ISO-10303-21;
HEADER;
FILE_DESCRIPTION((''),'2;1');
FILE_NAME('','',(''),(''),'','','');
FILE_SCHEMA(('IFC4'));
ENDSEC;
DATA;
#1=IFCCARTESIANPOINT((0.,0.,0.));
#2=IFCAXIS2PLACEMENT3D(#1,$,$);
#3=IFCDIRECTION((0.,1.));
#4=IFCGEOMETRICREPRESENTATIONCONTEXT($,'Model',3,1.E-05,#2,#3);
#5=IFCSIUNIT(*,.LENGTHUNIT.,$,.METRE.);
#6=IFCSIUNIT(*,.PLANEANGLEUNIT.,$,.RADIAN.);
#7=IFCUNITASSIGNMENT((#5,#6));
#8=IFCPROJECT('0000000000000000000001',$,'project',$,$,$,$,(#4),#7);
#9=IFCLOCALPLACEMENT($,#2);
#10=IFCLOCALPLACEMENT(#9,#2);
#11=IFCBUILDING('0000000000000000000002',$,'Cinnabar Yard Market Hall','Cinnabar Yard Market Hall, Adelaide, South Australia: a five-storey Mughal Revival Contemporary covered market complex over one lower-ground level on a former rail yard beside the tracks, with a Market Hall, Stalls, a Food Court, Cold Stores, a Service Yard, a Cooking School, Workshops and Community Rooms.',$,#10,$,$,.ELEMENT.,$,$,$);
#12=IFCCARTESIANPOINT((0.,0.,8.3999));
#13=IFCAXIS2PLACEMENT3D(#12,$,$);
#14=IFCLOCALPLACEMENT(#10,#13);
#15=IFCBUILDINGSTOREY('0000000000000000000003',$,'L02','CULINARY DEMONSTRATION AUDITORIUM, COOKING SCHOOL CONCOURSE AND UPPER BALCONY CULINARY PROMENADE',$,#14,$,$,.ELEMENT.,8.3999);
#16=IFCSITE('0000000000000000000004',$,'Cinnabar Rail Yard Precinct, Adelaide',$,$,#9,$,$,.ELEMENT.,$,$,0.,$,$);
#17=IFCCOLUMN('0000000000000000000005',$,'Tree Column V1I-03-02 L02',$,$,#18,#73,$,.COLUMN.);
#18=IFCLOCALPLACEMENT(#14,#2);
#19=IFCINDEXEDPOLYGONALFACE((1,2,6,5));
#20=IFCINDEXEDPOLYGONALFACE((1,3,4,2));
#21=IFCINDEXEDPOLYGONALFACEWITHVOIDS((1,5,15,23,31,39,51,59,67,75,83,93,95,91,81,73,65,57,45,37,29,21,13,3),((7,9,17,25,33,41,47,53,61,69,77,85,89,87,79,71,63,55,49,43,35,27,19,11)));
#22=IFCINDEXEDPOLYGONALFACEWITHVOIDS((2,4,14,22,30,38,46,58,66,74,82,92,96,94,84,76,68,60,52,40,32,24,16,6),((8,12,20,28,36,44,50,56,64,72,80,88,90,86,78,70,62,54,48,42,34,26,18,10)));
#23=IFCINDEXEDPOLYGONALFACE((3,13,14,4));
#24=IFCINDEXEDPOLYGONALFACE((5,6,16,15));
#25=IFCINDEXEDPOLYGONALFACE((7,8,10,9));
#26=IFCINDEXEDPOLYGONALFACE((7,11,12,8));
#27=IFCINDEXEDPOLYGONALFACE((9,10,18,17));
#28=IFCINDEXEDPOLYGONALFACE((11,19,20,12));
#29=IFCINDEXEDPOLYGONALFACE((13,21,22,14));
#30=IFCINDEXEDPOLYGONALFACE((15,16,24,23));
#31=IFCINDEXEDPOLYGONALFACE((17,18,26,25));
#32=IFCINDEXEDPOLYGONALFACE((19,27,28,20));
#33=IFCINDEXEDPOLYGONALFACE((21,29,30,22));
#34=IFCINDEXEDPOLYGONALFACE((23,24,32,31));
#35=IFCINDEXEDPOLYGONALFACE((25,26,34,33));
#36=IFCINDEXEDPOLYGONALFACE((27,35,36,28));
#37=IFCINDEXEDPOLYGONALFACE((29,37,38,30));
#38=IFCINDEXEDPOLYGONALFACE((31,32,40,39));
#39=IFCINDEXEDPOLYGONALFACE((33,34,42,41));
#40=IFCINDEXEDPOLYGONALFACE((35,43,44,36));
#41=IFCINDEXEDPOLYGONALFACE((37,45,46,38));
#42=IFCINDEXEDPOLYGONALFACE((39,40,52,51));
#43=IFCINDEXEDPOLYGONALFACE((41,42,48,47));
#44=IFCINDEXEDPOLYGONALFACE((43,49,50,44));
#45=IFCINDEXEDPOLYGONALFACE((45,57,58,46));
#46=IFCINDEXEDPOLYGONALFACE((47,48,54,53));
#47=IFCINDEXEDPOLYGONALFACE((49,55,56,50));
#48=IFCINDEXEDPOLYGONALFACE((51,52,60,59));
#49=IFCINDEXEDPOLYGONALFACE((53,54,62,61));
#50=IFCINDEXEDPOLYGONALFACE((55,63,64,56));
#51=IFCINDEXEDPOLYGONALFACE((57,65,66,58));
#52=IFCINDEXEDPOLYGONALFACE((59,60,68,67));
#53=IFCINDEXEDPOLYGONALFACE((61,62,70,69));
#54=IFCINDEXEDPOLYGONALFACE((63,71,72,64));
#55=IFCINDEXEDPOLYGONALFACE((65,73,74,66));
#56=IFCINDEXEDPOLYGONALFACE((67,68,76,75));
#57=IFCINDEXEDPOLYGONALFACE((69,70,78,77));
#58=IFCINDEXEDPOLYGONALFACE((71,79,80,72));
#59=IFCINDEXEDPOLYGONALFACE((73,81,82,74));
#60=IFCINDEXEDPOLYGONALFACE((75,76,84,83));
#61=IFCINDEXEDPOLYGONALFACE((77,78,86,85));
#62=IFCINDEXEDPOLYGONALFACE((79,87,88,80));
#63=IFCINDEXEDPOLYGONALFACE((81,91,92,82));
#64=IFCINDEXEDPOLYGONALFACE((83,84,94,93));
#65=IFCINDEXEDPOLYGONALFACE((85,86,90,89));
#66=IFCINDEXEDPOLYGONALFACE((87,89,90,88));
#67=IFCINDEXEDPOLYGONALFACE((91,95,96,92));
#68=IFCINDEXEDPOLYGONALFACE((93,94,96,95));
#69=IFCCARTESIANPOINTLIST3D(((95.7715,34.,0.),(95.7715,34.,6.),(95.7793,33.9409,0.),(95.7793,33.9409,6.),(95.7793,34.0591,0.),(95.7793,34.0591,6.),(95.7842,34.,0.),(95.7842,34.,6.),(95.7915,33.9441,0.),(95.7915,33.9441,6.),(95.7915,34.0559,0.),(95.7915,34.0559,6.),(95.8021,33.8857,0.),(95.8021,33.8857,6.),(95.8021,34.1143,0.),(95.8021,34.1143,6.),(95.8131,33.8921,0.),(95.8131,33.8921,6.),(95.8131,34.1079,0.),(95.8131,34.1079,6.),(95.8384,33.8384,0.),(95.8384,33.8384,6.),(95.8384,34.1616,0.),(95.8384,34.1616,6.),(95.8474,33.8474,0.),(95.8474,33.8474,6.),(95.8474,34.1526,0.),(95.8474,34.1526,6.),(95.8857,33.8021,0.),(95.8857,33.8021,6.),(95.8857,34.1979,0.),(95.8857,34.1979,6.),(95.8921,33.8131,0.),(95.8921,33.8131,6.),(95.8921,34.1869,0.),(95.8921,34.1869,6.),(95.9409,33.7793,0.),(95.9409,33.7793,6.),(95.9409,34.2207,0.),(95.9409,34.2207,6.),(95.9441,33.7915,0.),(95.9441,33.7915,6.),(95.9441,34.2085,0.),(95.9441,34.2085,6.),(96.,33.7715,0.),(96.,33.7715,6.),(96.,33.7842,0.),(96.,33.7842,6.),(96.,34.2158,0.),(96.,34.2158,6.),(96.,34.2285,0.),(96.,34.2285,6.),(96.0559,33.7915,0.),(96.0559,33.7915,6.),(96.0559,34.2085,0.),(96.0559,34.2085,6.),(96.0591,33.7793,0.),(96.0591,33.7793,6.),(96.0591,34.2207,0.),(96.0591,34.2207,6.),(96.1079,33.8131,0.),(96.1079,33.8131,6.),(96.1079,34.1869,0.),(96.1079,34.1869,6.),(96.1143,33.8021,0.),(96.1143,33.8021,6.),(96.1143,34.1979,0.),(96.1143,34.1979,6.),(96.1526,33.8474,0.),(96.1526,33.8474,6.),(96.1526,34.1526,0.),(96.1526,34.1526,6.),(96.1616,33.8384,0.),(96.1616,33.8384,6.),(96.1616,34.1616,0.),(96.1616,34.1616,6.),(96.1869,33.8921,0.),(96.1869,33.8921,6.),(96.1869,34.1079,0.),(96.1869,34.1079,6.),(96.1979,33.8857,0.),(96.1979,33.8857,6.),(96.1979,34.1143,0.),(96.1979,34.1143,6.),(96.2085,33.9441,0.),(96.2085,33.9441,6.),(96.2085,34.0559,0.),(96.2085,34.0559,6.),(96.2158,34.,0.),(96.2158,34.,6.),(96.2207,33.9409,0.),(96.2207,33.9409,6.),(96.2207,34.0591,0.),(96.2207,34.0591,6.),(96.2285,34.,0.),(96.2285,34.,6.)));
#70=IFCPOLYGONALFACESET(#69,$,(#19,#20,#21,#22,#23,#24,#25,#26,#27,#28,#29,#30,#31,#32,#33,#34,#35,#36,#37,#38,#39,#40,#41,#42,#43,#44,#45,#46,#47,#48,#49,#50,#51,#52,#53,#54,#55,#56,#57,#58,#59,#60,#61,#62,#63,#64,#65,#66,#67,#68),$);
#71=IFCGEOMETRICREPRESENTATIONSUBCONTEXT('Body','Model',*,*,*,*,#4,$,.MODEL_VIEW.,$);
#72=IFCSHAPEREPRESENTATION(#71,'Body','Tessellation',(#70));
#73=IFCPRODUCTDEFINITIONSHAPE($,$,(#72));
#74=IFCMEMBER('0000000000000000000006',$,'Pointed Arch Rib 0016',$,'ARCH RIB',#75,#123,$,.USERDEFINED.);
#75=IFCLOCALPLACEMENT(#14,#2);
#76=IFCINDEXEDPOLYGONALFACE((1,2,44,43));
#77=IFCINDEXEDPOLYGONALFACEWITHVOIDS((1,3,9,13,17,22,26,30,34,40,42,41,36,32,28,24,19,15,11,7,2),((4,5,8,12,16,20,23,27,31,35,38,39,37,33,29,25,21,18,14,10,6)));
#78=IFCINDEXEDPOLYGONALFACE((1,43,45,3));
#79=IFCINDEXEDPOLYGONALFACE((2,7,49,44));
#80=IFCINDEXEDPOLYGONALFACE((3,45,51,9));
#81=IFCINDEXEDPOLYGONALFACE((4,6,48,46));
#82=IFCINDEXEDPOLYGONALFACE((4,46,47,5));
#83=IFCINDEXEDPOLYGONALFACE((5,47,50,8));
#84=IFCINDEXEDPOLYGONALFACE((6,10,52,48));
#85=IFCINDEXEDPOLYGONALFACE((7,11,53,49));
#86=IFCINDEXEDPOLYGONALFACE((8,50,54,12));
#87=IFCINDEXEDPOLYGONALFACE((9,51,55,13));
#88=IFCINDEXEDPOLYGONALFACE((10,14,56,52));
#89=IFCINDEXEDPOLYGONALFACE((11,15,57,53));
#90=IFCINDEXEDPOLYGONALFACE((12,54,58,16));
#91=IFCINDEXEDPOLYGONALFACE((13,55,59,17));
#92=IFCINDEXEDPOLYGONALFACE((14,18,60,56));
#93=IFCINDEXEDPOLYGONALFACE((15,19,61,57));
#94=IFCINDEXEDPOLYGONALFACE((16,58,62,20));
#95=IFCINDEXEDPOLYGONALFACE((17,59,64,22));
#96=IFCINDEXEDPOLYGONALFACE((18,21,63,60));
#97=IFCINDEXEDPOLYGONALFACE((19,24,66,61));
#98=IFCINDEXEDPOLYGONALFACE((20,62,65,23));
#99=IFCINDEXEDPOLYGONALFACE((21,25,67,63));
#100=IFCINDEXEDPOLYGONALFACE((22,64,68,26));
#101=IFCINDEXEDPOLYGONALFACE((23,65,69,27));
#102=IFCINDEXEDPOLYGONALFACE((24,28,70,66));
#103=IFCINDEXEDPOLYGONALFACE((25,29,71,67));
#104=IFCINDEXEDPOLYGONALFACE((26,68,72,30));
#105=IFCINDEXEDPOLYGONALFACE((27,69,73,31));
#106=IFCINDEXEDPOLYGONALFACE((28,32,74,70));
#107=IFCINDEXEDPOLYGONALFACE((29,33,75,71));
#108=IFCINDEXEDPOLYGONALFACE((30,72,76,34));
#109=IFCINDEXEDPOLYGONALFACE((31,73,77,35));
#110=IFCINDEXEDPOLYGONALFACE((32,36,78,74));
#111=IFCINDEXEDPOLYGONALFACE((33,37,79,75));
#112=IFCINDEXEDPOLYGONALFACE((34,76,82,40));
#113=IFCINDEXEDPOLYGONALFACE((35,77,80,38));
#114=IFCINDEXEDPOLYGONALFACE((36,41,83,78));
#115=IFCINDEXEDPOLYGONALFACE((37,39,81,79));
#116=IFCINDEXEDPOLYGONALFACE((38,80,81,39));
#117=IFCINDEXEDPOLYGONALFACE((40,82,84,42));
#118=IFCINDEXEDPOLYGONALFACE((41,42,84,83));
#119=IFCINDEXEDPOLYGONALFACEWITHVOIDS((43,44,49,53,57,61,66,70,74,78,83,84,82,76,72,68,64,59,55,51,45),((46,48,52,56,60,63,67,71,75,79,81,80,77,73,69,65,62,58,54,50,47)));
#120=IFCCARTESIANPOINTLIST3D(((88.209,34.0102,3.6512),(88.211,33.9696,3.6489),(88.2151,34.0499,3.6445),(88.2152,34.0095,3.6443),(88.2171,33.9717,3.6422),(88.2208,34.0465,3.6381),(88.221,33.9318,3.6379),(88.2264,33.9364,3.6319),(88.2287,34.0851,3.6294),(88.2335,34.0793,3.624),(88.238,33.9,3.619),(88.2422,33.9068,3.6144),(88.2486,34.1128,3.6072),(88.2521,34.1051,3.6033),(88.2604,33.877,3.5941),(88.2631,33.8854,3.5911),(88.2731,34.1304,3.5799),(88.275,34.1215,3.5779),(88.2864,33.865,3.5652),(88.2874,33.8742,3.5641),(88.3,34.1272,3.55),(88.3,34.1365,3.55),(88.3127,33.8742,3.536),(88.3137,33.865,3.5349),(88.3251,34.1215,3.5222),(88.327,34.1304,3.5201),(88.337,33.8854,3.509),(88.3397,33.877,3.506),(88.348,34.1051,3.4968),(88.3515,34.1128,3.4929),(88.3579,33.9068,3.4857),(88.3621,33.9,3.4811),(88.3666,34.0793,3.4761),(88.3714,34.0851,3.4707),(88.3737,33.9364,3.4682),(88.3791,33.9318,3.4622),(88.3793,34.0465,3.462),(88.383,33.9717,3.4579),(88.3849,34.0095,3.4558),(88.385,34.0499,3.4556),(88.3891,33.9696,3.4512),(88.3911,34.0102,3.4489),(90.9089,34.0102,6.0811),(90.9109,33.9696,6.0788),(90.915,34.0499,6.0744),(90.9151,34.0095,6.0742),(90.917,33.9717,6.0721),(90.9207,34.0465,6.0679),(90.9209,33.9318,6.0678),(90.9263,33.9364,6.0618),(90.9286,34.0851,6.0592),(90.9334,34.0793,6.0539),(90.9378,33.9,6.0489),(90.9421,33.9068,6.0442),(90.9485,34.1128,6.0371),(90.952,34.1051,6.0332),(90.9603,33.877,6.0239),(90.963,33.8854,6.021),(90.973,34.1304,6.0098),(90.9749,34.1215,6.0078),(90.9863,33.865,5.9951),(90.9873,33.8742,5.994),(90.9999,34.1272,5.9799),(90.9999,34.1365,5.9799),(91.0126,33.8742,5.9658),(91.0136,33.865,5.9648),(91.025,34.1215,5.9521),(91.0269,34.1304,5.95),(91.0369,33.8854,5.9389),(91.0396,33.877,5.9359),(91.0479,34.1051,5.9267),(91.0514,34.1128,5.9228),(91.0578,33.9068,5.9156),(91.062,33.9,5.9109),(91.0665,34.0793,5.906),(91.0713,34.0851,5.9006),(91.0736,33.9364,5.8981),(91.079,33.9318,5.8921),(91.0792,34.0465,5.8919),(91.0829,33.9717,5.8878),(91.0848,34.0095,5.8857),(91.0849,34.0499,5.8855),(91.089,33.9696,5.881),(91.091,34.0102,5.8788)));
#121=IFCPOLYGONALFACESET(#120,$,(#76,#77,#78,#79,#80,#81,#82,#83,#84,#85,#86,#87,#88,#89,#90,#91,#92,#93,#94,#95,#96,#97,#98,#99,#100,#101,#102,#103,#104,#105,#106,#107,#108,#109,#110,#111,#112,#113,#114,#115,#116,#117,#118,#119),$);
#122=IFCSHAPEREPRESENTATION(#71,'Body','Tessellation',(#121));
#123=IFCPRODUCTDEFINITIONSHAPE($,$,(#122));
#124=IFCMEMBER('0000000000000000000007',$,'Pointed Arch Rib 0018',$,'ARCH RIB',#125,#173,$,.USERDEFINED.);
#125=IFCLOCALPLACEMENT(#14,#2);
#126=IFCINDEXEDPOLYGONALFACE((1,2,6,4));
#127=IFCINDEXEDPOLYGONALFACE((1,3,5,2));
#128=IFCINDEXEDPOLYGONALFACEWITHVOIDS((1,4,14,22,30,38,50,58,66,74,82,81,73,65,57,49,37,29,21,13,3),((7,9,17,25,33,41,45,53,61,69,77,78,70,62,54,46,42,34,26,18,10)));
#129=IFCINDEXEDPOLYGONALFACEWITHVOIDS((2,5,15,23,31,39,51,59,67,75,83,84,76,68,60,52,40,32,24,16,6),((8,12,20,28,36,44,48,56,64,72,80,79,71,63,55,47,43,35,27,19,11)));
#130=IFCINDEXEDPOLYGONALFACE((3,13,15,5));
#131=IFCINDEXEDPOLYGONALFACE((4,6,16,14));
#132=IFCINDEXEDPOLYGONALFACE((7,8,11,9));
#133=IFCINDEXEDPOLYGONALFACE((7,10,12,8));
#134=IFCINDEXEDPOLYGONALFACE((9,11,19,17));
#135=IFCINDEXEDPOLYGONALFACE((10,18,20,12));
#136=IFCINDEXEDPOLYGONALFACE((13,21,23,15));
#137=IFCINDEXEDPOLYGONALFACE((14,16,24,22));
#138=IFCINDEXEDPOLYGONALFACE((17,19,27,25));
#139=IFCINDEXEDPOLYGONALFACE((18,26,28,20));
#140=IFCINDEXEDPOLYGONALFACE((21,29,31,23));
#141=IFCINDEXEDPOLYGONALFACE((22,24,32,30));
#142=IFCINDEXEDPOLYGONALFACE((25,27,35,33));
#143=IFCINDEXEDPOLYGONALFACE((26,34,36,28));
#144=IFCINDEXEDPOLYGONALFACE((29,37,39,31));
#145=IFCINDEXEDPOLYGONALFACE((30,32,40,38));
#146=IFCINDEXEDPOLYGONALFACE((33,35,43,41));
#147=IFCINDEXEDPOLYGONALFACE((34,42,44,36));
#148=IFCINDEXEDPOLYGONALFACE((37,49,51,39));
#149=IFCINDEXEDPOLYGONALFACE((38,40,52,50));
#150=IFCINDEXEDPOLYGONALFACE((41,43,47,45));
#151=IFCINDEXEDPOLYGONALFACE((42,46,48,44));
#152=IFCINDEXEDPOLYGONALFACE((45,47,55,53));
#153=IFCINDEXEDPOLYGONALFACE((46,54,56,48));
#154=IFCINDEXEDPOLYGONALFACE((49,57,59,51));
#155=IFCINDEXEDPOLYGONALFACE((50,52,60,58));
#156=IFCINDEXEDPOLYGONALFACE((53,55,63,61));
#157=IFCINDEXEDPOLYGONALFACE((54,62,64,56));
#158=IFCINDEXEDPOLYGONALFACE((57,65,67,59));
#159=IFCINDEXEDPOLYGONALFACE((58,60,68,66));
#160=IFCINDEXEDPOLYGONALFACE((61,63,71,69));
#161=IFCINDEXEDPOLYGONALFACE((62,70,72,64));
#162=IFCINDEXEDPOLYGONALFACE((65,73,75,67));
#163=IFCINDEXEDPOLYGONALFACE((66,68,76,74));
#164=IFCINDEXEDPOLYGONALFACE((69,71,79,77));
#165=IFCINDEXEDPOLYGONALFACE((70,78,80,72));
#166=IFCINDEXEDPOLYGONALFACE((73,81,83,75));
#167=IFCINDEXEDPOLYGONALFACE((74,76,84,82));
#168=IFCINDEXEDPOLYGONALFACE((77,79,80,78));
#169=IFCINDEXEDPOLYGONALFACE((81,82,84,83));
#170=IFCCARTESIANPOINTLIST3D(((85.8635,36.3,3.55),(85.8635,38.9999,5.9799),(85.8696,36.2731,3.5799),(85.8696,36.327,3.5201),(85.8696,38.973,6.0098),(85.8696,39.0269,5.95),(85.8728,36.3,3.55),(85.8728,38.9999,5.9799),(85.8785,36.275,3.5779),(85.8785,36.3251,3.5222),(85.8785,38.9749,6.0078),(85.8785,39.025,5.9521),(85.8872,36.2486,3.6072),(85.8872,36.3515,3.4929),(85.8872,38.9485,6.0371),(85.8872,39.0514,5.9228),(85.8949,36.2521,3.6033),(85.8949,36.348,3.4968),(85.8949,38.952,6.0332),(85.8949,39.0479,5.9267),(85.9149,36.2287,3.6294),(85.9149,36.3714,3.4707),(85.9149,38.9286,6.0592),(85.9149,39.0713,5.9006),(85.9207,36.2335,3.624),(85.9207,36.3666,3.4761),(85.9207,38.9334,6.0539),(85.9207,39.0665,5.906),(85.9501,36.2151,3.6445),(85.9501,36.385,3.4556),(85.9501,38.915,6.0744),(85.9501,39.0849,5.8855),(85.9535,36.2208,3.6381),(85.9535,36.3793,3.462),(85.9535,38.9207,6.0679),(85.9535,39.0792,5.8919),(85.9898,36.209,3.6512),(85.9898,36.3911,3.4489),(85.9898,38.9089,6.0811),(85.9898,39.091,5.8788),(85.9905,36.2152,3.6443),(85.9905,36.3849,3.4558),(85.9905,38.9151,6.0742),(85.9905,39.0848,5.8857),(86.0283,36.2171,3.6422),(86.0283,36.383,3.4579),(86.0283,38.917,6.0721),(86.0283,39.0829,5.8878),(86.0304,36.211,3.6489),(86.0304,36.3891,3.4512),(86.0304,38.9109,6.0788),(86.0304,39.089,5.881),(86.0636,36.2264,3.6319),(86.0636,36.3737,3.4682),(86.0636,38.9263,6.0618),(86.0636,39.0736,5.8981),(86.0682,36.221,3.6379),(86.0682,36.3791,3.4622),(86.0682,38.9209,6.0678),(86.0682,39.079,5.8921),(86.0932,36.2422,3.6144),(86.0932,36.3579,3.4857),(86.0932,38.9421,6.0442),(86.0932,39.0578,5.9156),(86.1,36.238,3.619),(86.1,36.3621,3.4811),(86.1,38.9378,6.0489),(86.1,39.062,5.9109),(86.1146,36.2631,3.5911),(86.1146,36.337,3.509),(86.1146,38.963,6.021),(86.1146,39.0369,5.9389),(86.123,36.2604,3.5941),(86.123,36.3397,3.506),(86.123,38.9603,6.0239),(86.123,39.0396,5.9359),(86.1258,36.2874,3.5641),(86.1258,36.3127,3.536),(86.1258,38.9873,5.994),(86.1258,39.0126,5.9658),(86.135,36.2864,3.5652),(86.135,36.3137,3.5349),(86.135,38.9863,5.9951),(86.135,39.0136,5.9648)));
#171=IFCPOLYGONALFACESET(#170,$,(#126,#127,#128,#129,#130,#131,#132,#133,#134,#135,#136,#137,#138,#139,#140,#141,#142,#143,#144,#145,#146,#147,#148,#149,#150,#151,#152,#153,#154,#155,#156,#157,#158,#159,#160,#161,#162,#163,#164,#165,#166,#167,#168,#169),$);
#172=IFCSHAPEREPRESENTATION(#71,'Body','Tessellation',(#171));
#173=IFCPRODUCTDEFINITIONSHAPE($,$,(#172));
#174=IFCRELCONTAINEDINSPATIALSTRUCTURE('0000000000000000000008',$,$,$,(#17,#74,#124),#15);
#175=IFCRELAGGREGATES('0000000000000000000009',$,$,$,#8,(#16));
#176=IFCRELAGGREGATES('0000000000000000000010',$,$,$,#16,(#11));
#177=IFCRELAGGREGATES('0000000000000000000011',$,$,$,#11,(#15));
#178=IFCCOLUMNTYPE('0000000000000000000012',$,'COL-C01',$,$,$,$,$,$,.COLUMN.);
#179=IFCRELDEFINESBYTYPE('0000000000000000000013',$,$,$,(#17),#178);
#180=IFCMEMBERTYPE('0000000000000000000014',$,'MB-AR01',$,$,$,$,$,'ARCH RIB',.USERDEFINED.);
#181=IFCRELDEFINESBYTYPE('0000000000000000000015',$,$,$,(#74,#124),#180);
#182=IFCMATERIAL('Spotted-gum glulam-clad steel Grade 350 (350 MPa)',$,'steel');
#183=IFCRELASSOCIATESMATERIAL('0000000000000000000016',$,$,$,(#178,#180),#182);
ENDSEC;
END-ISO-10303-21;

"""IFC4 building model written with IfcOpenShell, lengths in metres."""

from ifc_helpers import new_model, si_unit, direction, frame, origin, origin_2d_with_axis, place, context, subcontext, project, spatial, hollow_circle, extrude, material, material_profile, profile_set, type_object, element, save


model = new_model("IFC4")

# Units and contexts
model_context = context("Model", 3, precision=1e-05, world=origin(), true_north=direction((0.0, 1.0)))
body_context = subcontext(model_context, "Body", "Model", "MODEL_VIEW")
ifc_project = project(units=[si_unit("LENGTHUNIT", "METRE"), si_unit("PLANEANGLEUNIT", "RADIAN")], contexts=[model_context])

# Site, building, storey
site_placement = place(None, origin())
site = spatial("IfcSite", under=ifc_project, at=site_placement, Name="Cinnabar Rail Yard Precinct, Adelaide", CompositionType="ELEMENT", RefElevation=0.0)
building_placement = place(site_placement, origin())
building = spatial("IfcBuilding", under=site, at=building_placement, Name="Cinnabar Yard Market Hall", Description="Cinnabar Yard Market Hall, Adelaide, South Australia: a five-storey Mughal Revival Contemporary covered market complex over one lower-ground level on a former rail yard beside the tracks, with a Market Hall, Stalls, a Food Court, Cold Stores, a Service Yard, a Cooking School, Workshops and Community Rooms.", CompositionType="ELEMENT")
storey_placement = place(building_placement, frame((0.0, 0.0, 8.3999)))
storey = spatial("IfcBuildingStorey", under=building, at=storey_placement, Name="L02", Description="CULINARY DEMONSTRATION AUDITORIUM, COOKING SCHOOL CONCOURSE AND UPPER BALCONY CULINARY PROMENADE", CompositionType="ELEMENT", Elevation=8.3999)

# Column
ifc_material_1 = material(Name="Spotted-gum glulam-clad steel Grade 350 (350 MPa)", Category="steel")
ifc_material_profile_1 = material_profile(ifc_material_1, hollow_circle(Radius=0.2285, WallThickness=0.0127, at=origin_2d_with_axis()), Name="457.0x12.7CHS")
ifc_profile_set_1 = profile_set([ifc_material_profile_1], Name="Spotted-gum glulam-clad steel Grade 350 (350 MPa)")
column_type = type_object("IfcColumnType", Name="COL-C01", PredefinedType="COLUMN", material=ifc_profile_set_1)
column_placement = place(storey_placement, frame((96.0, 34.0, 0.0), z_axis=(0.0, 0.0, 1.0), x_axis=(1.0, 0.0, 0.0)))
element("IfcColumn", 1, at=column_placement, inside=storey, type_object=column_type, Name="Tree Column V1I-03-02 L02", PredefinedType="COLUMN", context=body_context, shape_type="SweptSolid", body=[
    extrude(hollow_circle(Radius=0.2285, WallThickness=0.0127, at=origin_2d_with_axis()), origin(), (0.0, 0.0, 1.0), 6.0),
])

# Members
ifc_material_profile_2 = material_profile(ifc_material_1, hollow_circle(Radius=0.1365, WallThickness=0.0093, at=origin_2d_with_axis()), Name="273.1x9.3CHS")
ifc_profile_set_2 = profile_set([ifc_material_profile_2], Name="Spotted-gum glulam-clad steel Grade 350 (350 MPa)")
member_type_1 = type_object("IfcMemberType", Name="MB-AR01", ElementType="ARCH RIB", PredefinedType="USERDEFINED", material=ifc_profile_set_2)
for number, where, z_axis, x_axis, name in (
    (2, (88.3, 34.0, 3.55), (0.743297, 0.0, 0.668961), (0.0, 1.0, 0.0), "Pointed Arch Rib 0016"),
    (3, (86.0, 36.3, 3.55), (0.0, 0.743297, 0.668961), (-1.0, 0.0, 0.0), "Pointed Arch Rib 0018"),
):
    element("IfcMember", number, at=place(storey_placement, frame(where, z_axis=z_axis, x_axis=x_axis)), inside=storey, type_object=member_type_1, Name=name, ObjectType="ARCH RIB", PredefinedType="USERDEFINED", context=body_context, shape_type="SweptSolid", body=[
        extrude(hollow_circle(Radius=0.1365, WallThickness=0.0093, at=origin_2d_with_axis()), origin(), (0.0, 0.0, 1.0), 3.6323),
    ])

save(model, "model.ifc")
